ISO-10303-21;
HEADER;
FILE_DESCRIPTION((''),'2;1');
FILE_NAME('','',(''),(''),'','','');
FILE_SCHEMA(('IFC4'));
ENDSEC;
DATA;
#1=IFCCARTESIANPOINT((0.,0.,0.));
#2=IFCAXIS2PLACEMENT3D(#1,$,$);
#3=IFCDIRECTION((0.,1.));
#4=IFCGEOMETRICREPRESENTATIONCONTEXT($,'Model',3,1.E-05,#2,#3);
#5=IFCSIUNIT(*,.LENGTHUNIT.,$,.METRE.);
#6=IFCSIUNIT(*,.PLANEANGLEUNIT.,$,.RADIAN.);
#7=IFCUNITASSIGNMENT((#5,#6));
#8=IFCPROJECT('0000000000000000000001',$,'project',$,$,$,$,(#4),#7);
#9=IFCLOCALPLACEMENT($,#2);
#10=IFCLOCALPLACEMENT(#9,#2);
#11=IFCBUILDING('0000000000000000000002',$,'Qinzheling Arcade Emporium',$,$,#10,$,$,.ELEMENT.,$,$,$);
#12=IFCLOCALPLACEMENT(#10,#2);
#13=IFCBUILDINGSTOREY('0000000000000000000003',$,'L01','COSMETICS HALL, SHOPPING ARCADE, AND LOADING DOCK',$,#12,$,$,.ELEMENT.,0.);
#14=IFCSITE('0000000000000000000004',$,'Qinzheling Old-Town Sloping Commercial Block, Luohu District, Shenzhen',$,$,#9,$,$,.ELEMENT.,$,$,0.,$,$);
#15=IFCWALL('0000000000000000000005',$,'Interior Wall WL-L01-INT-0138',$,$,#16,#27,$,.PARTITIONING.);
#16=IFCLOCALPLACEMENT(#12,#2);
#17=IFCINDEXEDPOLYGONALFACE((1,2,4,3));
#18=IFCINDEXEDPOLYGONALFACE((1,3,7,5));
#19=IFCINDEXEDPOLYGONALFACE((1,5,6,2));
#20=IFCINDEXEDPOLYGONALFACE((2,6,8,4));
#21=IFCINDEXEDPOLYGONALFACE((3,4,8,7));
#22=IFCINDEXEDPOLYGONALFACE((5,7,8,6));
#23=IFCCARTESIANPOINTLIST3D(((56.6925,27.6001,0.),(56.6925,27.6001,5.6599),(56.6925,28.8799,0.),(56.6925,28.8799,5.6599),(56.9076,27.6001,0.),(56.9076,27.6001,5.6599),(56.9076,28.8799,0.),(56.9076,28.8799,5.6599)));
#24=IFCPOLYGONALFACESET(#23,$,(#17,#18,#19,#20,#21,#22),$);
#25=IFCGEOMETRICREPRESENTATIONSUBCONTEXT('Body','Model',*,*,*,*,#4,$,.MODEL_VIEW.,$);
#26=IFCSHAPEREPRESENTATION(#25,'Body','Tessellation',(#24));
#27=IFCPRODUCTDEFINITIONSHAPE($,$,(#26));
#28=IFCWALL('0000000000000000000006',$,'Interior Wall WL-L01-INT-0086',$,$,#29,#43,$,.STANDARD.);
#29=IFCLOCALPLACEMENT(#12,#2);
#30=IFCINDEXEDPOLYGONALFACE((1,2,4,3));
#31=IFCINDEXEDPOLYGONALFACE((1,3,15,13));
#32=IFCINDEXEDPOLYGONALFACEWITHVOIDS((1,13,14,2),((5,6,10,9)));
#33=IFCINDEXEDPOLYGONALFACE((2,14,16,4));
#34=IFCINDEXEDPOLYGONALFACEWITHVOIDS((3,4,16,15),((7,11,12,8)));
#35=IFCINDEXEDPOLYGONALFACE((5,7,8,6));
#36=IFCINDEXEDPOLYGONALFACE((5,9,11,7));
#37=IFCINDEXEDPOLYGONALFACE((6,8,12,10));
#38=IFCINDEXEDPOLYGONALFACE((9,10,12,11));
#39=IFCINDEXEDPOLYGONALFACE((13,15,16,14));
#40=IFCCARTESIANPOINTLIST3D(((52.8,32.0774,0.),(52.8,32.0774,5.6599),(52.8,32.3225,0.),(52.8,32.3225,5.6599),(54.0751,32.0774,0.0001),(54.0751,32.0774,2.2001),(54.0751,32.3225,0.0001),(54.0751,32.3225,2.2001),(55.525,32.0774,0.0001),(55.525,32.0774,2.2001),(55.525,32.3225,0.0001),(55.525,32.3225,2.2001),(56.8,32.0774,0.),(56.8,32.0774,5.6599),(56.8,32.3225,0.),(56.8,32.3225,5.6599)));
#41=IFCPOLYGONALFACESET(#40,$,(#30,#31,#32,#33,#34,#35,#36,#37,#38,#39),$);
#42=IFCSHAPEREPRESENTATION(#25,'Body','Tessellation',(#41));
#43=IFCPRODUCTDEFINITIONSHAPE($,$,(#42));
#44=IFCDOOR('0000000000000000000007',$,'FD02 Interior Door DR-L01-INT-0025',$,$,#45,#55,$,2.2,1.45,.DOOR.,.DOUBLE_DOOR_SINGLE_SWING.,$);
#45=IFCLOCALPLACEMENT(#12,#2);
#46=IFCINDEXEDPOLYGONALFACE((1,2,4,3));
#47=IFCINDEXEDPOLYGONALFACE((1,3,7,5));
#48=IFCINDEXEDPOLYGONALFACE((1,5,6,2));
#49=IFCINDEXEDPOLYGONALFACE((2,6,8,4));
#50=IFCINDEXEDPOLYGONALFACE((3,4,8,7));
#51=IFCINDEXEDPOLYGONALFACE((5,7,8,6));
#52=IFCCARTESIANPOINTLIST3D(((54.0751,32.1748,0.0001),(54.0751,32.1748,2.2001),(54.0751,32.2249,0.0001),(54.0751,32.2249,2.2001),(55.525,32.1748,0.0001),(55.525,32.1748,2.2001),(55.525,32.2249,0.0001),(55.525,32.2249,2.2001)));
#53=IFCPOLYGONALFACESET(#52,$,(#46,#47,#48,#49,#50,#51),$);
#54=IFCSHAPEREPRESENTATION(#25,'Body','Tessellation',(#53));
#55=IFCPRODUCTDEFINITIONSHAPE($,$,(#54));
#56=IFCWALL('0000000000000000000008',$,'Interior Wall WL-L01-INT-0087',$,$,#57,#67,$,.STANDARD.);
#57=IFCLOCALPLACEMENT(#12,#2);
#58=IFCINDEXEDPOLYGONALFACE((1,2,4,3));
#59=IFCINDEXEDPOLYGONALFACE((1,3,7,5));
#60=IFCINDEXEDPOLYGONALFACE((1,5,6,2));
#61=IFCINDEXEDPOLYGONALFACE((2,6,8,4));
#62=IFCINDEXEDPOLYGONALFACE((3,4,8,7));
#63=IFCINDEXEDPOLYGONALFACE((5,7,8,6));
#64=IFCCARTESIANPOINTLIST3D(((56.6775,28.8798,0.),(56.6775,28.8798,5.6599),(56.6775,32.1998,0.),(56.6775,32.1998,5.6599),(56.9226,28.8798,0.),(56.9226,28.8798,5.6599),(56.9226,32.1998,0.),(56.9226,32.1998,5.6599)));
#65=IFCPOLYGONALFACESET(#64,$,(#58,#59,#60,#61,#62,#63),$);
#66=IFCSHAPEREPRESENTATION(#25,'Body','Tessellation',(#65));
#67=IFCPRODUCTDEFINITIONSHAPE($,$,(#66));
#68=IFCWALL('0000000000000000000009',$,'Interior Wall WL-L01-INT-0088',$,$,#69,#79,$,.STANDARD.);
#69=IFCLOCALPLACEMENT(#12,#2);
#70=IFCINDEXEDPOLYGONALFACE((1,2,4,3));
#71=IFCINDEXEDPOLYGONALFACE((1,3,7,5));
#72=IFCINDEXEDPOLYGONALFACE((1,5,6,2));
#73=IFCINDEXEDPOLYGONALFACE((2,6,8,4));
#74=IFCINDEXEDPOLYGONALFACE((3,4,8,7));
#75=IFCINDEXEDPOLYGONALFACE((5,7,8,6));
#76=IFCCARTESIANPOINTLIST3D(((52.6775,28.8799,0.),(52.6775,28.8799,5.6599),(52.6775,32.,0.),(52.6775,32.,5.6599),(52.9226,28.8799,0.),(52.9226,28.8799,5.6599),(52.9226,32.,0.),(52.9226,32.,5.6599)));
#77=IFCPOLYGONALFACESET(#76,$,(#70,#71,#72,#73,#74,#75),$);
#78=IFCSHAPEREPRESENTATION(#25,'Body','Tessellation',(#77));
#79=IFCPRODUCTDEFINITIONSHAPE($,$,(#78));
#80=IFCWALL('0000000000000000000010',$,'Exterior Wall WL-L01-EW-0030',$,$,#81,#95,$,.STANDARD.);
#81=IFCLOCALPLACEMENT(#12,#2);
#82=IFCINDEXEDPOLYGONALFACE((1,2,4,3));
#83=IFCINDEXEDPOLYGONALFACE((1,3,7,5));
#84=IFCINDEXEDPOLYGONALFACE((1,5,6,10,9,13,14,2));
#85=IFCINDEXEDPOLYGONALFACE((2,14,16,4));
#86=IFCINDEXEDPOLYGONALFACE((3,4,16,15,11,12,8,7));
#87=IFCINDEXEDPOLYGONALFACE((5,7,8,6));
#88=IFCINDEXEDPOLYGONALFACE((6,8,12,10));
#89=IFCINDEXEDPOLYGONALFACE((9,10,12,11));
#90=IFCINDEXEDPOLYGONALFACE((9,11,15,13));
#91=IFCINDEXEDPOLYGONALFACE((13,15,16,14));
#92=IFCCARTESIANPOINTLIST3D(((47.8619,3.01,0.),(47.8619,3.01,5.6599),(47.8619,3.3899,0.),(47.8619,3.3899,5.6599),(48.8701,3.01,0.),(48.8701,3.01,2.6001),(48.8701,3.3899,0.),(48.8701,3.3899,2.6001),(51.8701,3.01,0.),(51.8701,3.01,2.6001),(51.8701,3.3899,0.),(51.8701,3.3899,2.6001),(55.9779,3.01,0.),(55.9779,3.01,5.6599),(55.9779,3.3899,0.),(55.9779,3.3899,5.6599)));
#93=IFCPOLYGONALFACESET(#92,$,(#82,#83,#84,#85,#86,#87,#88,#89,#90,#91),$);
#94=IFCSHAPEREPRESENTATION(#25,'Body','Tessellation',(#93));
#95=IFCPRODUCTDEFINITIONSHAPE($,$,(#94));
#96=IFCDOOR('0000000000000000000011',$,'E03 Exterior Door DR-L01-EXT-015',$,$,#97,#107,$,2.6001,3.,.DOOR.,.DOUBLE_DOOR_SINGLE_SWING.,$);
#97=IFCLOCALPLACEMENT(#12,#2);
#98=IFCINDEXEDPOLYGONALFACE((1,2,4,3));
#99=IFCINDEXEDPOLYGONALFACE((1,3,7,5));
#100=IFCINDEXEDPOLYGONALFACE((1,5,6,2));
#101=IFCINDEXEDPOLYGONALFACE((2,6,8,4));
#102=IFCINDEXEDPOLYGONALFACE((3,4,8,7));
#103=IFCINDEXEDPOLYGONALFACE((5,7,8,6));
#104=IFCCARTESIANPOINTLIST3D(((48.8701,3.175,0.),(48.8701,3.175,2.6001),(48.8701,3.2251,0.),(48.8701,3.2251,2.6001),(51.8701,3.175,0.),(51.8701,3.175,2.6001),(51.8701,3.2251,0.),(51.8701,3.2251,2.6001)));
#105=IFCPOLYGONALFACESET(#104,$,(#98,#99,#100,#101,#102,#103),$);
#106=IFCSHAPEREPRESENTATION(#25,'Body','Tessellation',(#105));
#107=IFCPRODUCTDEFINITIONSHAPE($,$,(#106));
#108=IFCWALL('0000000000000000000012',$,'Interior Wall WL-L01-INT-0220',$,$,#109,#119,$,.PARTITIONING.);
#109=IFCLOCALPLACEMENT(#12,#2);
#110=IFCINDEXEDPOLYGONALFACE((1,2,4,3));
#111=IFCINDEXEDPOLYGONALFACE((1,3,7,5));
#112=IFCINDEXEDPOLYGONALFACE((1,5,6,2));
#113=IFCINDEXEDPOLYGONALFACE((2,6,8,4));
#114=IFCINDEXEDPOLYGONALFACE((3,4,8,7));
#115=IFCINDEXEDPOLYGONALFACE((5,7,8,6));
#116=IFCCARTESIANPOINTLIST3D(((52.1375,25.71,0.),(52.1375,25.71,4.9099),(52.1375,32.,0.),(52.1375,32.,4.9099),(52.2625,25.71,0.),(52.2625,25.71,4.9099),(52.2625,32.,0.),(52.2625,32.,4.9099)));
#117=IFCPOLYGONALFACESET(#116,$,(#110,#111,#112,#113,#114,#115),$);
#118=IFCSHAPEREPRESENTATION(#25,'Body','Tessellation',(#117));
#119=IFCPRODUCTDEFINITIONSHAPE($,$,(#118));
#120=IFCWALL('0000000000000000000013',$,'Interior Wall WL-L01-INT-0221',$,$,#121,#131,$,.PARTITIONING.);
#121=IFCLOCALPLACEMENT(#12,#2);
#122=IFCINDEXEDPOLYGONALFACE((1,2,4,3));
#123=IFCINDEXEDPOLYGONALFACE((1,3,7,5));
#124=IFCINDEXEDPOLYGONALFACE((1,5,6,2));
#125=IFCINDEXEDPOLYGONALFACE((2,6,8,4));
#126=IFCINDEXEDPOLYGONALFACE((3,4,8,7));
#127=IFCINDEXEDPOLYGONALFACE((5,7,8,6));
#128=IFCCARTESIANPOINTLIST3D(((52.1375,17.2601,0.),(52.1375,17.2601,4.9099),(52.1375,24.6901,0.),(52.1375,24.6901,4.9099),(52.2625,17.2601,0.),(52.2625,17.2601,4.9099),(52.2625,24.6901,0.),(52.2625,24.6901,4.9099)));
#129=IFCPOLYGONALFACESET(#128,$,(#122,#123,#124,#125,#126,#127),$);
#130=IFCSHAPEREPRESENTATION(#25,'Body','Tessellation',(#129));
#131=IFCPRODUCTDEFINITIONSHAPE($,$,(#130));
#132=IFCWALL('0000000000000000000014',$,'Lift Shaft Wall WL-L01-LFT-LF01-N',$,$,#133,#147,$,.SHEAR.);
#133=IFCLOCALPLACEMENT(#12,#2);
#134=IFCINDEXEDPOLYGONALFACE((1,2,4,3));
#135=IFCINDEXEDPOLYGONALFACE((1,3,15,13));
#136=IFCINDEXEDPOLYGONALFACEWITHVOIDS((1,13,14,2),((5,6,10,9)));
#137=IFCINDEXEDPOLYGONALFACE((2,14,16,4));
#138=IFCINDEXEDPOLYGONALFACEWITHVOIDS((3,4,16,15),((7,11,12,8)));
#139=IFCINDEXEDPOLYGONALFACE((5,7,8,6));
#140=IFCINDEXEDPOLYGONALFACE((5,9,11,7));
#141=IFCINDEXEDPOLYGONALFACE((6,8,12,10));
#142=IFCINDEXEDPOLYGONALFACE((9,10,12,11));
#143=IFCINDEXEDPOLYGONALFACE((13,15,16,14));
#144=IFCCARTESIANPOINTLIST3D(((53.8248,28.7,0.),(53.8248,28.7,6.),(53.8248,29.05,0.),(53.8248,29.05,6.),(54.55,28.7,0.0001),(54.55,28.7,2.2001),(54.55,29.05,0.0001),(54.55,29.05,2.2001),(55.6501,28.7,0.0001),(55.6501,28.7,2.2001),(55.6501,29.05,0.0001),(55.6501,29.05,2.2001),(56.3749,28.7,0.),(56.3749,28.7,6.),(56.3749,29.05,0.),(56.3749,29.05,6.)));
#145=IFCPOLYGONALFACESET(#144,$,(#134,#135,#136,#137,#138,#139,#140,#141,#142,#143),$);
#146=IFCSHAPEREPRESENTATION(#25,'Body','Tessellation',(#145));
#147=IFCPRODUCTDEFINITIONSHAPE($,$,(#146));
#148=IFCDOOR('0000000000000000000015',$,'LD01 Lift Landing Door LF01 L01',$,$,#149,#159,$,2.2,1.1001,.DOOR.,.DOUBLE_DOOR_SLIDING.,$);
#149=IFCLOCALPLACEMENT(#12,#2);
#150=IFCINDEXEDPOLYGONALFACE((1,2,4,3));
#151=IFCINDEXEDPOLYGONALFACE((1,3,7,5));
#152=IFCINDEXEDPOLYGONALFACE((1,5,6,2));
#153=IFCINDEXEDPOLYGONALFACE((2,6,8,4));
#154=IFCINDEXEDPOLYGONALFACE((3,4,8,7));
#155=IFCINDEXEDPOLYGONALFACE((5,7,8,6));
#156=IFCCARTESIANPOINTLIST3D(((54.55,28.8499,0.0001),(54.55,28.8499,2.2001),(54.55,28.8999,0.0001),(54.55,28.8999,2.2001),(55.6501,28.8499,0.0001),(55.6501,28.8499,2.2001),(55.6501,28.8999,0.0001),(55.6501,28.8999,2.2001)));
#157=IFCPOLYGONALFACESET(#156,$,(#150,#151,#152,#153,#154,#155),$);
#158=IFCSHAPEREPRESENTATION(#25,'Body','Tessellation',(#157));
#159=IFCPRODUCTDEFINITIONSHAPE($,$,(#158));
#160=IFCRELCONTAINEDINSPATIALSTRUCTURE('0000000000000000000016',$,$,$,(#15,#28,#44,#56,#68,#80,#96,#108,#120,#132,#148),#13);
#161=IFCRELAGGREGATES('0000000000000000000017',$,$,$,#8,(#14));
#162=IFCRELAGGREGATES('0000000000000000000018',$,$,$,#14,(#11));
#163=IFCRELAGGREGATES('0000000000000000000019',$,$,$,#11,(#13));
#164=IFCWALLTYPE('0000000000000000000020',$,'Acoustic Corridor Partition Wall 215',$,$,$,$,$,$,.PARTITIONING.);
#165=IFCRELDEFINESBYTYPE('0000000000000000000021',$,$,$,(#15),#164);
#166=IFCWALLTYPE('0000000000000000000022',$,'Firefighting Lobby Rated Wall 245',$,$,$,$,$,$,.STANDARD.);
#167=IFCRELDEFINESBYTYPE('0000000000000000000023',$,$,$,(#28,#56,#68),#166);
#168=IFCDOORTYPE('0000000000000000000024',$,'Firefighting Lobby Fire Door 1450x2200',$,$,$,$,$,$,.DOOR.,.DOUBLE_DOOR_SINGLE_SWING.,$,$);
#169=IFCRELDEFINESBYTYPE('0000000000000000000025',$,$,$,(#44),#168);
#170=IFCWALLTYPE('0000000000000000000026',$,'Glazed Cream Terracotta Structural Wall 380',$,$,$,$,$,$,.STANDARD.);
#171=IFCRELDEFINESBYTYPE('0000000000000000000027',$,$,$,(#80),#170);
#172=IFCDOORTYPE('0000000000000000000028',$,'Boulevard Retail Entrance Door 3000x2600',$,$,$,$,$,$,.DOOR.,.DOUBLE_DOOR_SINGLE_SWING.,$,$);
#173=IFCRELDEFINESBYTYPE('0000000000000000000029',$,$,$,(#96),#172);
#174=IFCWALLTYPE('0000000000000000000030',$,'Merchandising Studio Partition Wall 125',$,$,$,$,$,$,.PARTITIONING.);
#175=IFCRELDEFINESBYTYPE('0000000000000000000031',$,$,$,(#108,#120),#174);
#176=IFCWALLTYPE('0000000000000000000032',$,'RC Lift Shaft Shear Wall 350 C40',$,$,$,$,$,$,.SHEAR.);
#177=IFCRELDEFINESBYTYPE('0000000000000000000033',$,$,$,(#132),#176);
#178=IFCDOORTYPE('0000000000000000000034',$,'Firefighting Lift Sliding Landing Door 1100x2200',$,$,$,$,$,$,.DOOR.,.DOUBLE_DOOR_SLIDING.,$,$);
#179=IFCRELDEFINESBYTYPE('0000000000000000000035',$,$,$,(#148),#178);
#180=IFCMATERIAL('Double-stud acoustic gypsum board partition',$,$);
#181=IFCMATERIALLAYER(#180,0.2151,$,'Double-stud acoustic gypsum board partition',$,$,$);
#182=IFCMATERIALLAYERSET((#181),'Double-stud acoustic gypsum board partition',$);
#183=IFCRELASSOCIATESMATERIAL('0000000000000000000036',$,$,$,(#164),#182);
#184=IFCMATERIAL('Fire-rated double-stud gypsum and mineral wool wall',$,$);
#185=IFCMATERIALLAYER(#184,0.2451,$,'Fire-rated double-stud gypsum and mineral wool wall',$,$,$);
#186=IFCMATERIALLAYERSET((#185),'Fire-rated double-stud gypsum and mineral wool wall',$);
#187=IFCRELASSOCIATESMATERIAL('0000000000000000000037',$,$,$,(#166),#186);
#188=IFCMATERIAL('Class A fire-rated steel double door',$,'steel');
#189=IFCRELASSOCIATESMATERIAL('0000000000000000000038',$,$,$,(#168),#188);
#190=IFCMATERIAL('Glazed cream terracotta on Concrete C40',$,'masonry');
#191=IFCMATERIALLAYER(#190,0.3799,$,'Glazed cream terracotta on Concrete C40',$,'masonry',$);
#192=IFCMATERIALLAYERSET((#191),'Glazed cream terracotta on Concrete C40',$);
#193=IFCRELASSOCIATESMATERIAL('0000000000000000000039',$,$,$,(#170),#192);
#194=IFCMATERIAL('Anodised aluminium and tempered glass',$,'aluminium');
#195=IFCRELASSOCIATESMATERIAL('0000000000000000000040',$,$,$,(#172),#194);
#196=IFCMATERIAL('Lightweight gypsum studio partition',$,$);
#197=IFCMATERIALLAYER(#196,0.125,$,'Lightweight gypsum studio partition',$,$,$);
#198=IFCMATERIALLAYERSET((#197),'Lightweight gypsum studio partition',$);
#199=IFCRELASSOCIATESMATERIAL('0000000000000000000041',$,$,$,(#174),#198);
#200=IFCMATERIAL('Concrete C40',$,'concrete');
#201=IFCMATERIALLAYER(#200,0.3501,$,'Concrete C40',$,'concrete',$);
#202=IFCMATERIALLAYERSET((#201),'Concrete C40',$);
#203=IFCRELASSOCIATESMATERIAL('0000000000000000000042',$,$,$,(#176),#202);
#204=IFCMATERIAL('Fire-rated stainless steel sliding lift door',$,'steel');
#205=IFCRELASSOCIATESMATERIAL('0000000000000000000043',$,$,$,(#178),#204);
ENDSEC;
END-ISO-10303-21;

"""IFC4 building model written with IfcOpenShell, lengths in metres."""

from ifc_helpers import new_model, si_unit, direction, frame, frame_2d, origin, place, context, subcontext, project, spatial, rectangle, extrude, material, layer, layer_set, type_object, element, fill, save


model = new_model("IFC4")

# Units and contexts
model_context = context("Model", 3, precision=1e-05, world=origin(), true_north=direction((0.0, 1.0)))
body_context = subcontext(model_context, "Body", "Model", "MODEL_VIEW")
ifc_project = project(units=[si_unit("LENGTHUNIT", "METRE"), si_unit("PLANEANGLEUNIT", "RADIAN")], contexts=[model_context])

# Site, building, storey
site_placement = place(None, origin())
site = spatial("IfcSite", under=ifc_project, at=site_placement, Name="Qinzheling Old-Town Sloping Commercial Block, Luohu District, Shenzhen", CompositionType="ELEMENT", RefElevation=0.0)
building_placement = place(site_placement, origin())
building = spatial("IfcBuilding", under=site, at=building_placement, Name="Qinzheling Arcade Emporium", CompositionType="ELEMENT")
storey_placement = place(building_placement, origin())
storey = spatial("IfcBuildingStorey", under=building, at=storey_placement, Name="L01", Description="COSMETICS HALL, SHOPPING ARCADE, AND LOADING DOCK", CompositionType="ELEMENT", Elevation=0.0)

# Shared definitions
ifc_material_1 = material(Name="Concrete C40", Category="concrete")

# Wall
ifc_material_2 = material(Name="Double-stud acoustic gypsum board partition")
ifc_layer_1 = layer(ifc_material_2, 0.2151, Name="Double-stud acoustic gypsum board partition")
ifc_layer_set_1 = layer_set([ifc_layer_1], Name="Double-stud acoustic gypsum board partition")
wall_type_1 = type_object("IfcWallType", Name="Acoustic Corridor Partition Wall 215", PredefinedType="PARTITIONING", material=ifc_layer_set_1)
wall_1_placement = place(storey_placement, frame((56.8, 27.6001, 0.0), z_axis=(0.0, 0.0, 1.0), x_axis=(0.0, 1.0, 0.0)))
element("IfcWall", 1, at=wall_1_placement, inside=storey, type_object=wall_type_1, Name="Interior Wall WL-L01-INT-0138", PredefinedType="PARTITIONING", context=body_context, shape_type="SweptSolid", body=[
    extrude(rectangle(XDim=1.2798, YDim=0.2151, at=frame_2d((0.6399, 0.0))), origin(), (0.0, 0.0, 1.0), 5.6599),
])

# Wall, opening, door
ifc_material_3 = material(Name="Fire-rated double-stud gypsum and mineral wool wall")
ifc_layer_2 = layer(ifc_material_3, 0.2451, Name="Fire-rated double-stud gypsum and mineral wool wall")
ifc_layer_set_2 = layer_set([ifc_layer_2], Name="Fire-rated double-stud gypsum and mineral wool wall")
wall_type_2 = type_object("IfcWallType", Name="Firefighting Lobby Rated Wall 245", PredefinedType="STANDARD", material=ifc_layer_set_2)
wall_2_placement = place(storey_placement, frame((52.8, 32.2, 0.0), z_axis=(0.0, 0.0, 1.0), x_axis=(1.0, 0.0, 0.0)))
wall_2 = element("IfcWall", 2, at=wall_2_placement, inside=storey, type_object=wall_type_2, Name="Interior Wall WL-L01-INT-0086", PredefinedType="STANDARD", context=body_context, shape_type="SweptSolid", body=[
    extrude(rectangle(XDim=4.0, YDim=0.2451, at=frame_2d((2.0, 0.0))), origin(), (0.0, 0.0, 1.0), 5.6599),
])
opening_1_placement = place(wall_2_placement, frame((1.2749, 0.0, 0.0)))
opening_1 = element("IfcOpeningElement", 3, at=opening_1_placement, cuts=wall_2, PredefinedType="OPENING", context=body_context, shape_type="SweptSolid", body=[
    extrude(rectangle(XDim=1.45, YDim=2.2, at=frame_2d((0.7251, 1.1001))), frame((0.0, 0.1326, 0.0), z_axis=(0.0, -1.0, 0.0), x_axis=(1.0, 0.0, 0.0)), (0.0, 0.0, 1.0), 0.2651),
])
ifc_material_4 = material(Name="Class A fire-rated steel double door", Category="steel")
door_type_1 = type_object("IfcDoorType", Name="Firefighting Lobby Fire Door 1450x2200", OperationType="DOUBLE_DOOR_SINGLE_SWING", PredefinedType="DOOR", material=ifc_material_4)
door_1_placement = place(opening_1_placement, origin())
door_1 = element("IfcDoor", 4, at=door_1_placement, inside=storey, type_object=door_type_1, Name="FD02 Interior Door DR-L01-INT-0025", OperationType="DOUBLE_DOOR_SINGLE_SWING", OverallHeight=2.2, OverallWidth=1.45, PredefinedType="DOOR", context=body_context, shape_type="SweptSolid", body=[
    extrude(rectangle(XDim=1.45, YDim=2.2, at=frame_2d((0.7251, 1.1001))), frame((0.0, 0.0249, 0.0), z_axis=(0.0, -1.0, 0.0), x_axis=(1.0, 0.0, 0.0)), (0.0, 0.0, 1.0), 0.05),
])
fill(opening_1, door_1)

# Walls
wall_3_placement = place(storey_placement, frame((56.8, 32.2, 0.0), z_axis=(0.0, 0.0, 1.0), x_axis=(0.0, -1.0, 0.0)))
element("IfcWall", 5, at=wall_3_placement, inside=storey, type_object=wall_type_2, Name="Interior Wall WL-L01-INT-0087", PredefinedType="STANDARD", context=body_context, shape_type="SweptSolid", body=[
    extrude(rectangle(XDim=3.3201, YDim=0.2451, at=frame_2d((1.6602, 0.0))), origin(), (0.0, 0.0, 1.0), 5.6599),
])
wall_4_placement = place(storey_placement, frame((52.8, 28.8799, 0.0), z_axis=(0.0, 0.0, 1.0), x_axis=(0.0, 1.0, 0.0)))
element("IfcWall", 6, at=wall_4_placement, inside=storey, type_object=wall_type_2, Name="Interior Wall WL-L01-INT-0088", PredefinedType="STANDARD", context=body_context, shape_type="SweptSolid", body=[
    extrude(rectangle(XDim=3.1201, YDim=0.2451, at=frame_2d((1.5601, 0.0))), origin(), (0.0, 0.0, 1.0), 5.6599),
])

# Wall, opening, door
ifc_material_5 = material(Name="Glazed cream terracotta on Concrete C40", Category="masonry")
ifc_layer_3 = layer(ifc_material_5, 0.3799, Name="Glazed cream terracotta on Concrete C40", Category="masonry")
ifc_layer_set_3 = layer_set([ifc_layer_3], Name="Glazed cream terracotta on Concrete C40")
wall_type_3 = type_object("IfcWallType", Name="Glazed Cream Terracotta Structural Wall 380", PredefinedType="STANDARD", material=ifc_layer_set_3)
wall_5_placement = place(storey_placement, frame((55.978, 3.2, 0.0), z_axis=(0.0, 0.0, 1.0), x_axis=(-1.0, 0.0, 0.0)))
wall_5 = element("IfcWall", 7, at=wall_5_placement, inside=storey, type_object=wall_type_3, Name="Exterior Wall WL-L01-EW-0030", PredefinedType="STANDARD", context=body_context, shape_type="SweptSolid", body=[
    extrude(rectangle(XDim=8.116, YDim=0.3799, at=frame_2d((4.0581, 0.0))), origin(), (0.0, 0.0, 1.0), 5.6599),
])
opening_2_placement = place(wall_5_placement, frame((4.1079, 0.0, 0.0)))
opening_2 = element("IfcOpeningElement", 8, at=opening_2_placement, cuts=wall_5, PredefinedType="OPENING", context=body_context, shape_type="SweptSolid", body=[
    extrude(rectangle(XDim=3.0, YDim=2.6001, at=frame_2d((1.5, 1.3))), frame((0.0, 0.2, 0.0), z_axis=(0.0, -1.0, 0.0), x_axis=(1.0, 0.0, 0.0)), (0.0, 0.0, 1.0), 0.3999),
])
ifc_material_6 = material(Name="Anodised aluminium and tempered glass", Category="aluminium")
door_type_2 = type_object("IfcDoorType", Name="Boulevard Retail Entrance Door 3000x2600", OperationType="DOUBLE_DOOR_SINGLE_SWING", PredefinedType="DOOR", material=ifc_material_6)
door_2_placement = place(opening_2_placement, origin())
door_2 = element("IfcDoor", 9, at=door_2_placement, inside=storey, type_object=door_type_2, Name="E03 Exterior Door DR-L01-EXT-015", OperationType="DOUBLE_DOOR_SINGLE_SWING", OverallHeight=2.6001, OverallWidth=3.0, PredefinedType="DOOR", context=body_context, shape_type="SweptSolid", body=[
    extrude(rectangle(XDim=3.0, YDim=2.6001, at=frame_2d((1.5, 1.3))), frame((0.0, 0.0249, 0.0), z_axis=(0.0, -1.0, 0.0), x_axis=(1.0, 0.0, 0.0)), (0.0, 0.0, 1.0), 0.05),
])
fill(opening_2, door_2)

# Walls
ifc_material_7 = material(Name="Lightweight gypsum studio partition")
ifc_layer_4 = layer(ifc_material_7, 0.125, Name="Lightweight gypsum studio partition")
ifc_layer_set_4 = layer_set([ifc_layer_4], Name="Lightweight gypsum studio partition")
wall_type_4 = type_object("IfcWallType", Name="Merchandising Studio Partition Wall 125", PredefinedType="PARTITIONING", material=ifc_layer_set_4)
wall_6_placement = place(storey_placement, frame((52.2, 32.0, 0.0), z_axis=(0.0, 0.0, 1.0), x_axis=(0.0, -1.0, 0.0)))
element("IfcWall", 10, at=wall_6_placement, inside=storey, type_object=wall_type_4, Name="Interior Wall WL-L01-INT-0220", PredefinedType="PARTITIONING", context=body_context, shape_type="SweptSolid", body=[
    extrude(rectangle(XDim=6.29, YDim=0.125, at=frame_2d((3.145, 0.0))), origin(), (0.0, 0.0, 1.0), 4.9099),
])
wall_7_placement = place(storey_placement, frame((52.2, 24.6899, 0.0), z_axis=(0.0, 0.0, 1.0), x_axis=(0.0, -1.0, 0.0)))
element("IfcWall", 11, at=wall_7_placement, inside=storey, type_object=wall_type_4, Name="Interior Wall WL-L01-INT-0221", PredefinedType="PARTITIONING", context=body_context, shape_type="SweptSolid", body=[
    extrude(rectangle(XDim=7.4299, YDim=0.125, at=frame_2d((3.7148, 0.0))), origin(), (0.0, 0.0, 1.0), 4.9099),
])

# Wall, opening, door
ifc_layer_5 = layer(ifc_material_1, 0.3501, Name="Concrete C40", Category="concrete")
ifc_layer_set_5 = layer_set([ifc_layer_5], Name="Concrete C40")
wall_type_5 = type_object("IfcWallType", Name="RC Lift Shaft Shear Wall 350 C40", PredefinedType="SHEAR", material=ifc_layer_set_5)
wall_8_placement = place(storey_placement, frame((53.825, 28.875, 0.0), z_axis=(0.0, 0.0, 1.0), x_axis=(1.0, 0.0, 0.0)))
wall_8 = element("IfcWall", 12, at=wall_8_placement, inside=storey, type_object=wall_type_5, Name="Lift Shaft Wall WL-L01-LFT-LF01-N", PredefinedType="SHEAR", context=body_context, shape_type="SweptSolid", body=[
    extrude(rectangle(XDim=2.55, YDim=0.3501, at=frame_2d((1.2749, 0.0))), origin(), (0.0, 0.0, 1.0), 6.0),
])
opening_3_placement = place(wall_8_placement, frame((0.7251, 0.0, 0.0)))
opening_3 = element("IfcOpeningElement", 13, at=opening_3_placement, cuts=wall_8, PredefinedType="OPENING", context=body_context, shape_type="SweptSolid", body=[
    extrude(rectangle(XDim=1.1001, YDim=2.2, at=frame_2d((0.55, 1.1001))), frame((0.0, 0.1851, 0.0), z_axis=(0.0, -1.0, 0.0), x_axis=(1.0, 0.0, 0.0)), (0.0, 0.0, 1.0), 0.3701),
])
ifc_material_8 = material(Name="Fire-rated stainless steel sliding lift door", Category="steel")
door_type_3 = type_object("IfcDoorType", Name="Firefighting Lift Sliding Landing Door 1100x2200", OperationType="DOUBLE_DOOR_SLIDING", PredefinedType="DOOR", material=ifc_material_8)
door_3_placement = place(opening_3_placement, origin())
door_3 = element("IfcDoor", 14, at=door_3_placement, inside=storey, type_object=door_type_3, Name="LD01 Lift Landing Door LF01 L01", OperationType="DOUBLE_DOOR_SLIDING", OverallHeight=2.2, OverallWidth=1.1001, PredefinedType="DOOR", context=body_context, shape_type="SweptSolid", body=[
    extrude(rectangle(XDim=1.1001, YDim=2.2, at=frame_2d((0.55, 1.1001))), frame((0.0, 0.0249, 0.0), z_axis=(0.0, -1.0, 0.0), x_axis=(1.0, 0.0, 0.0)), (0.0, 0.0, 1.0), 0.05),
])
fill(opening_3, door_3)

save(model, "model.ifc")
